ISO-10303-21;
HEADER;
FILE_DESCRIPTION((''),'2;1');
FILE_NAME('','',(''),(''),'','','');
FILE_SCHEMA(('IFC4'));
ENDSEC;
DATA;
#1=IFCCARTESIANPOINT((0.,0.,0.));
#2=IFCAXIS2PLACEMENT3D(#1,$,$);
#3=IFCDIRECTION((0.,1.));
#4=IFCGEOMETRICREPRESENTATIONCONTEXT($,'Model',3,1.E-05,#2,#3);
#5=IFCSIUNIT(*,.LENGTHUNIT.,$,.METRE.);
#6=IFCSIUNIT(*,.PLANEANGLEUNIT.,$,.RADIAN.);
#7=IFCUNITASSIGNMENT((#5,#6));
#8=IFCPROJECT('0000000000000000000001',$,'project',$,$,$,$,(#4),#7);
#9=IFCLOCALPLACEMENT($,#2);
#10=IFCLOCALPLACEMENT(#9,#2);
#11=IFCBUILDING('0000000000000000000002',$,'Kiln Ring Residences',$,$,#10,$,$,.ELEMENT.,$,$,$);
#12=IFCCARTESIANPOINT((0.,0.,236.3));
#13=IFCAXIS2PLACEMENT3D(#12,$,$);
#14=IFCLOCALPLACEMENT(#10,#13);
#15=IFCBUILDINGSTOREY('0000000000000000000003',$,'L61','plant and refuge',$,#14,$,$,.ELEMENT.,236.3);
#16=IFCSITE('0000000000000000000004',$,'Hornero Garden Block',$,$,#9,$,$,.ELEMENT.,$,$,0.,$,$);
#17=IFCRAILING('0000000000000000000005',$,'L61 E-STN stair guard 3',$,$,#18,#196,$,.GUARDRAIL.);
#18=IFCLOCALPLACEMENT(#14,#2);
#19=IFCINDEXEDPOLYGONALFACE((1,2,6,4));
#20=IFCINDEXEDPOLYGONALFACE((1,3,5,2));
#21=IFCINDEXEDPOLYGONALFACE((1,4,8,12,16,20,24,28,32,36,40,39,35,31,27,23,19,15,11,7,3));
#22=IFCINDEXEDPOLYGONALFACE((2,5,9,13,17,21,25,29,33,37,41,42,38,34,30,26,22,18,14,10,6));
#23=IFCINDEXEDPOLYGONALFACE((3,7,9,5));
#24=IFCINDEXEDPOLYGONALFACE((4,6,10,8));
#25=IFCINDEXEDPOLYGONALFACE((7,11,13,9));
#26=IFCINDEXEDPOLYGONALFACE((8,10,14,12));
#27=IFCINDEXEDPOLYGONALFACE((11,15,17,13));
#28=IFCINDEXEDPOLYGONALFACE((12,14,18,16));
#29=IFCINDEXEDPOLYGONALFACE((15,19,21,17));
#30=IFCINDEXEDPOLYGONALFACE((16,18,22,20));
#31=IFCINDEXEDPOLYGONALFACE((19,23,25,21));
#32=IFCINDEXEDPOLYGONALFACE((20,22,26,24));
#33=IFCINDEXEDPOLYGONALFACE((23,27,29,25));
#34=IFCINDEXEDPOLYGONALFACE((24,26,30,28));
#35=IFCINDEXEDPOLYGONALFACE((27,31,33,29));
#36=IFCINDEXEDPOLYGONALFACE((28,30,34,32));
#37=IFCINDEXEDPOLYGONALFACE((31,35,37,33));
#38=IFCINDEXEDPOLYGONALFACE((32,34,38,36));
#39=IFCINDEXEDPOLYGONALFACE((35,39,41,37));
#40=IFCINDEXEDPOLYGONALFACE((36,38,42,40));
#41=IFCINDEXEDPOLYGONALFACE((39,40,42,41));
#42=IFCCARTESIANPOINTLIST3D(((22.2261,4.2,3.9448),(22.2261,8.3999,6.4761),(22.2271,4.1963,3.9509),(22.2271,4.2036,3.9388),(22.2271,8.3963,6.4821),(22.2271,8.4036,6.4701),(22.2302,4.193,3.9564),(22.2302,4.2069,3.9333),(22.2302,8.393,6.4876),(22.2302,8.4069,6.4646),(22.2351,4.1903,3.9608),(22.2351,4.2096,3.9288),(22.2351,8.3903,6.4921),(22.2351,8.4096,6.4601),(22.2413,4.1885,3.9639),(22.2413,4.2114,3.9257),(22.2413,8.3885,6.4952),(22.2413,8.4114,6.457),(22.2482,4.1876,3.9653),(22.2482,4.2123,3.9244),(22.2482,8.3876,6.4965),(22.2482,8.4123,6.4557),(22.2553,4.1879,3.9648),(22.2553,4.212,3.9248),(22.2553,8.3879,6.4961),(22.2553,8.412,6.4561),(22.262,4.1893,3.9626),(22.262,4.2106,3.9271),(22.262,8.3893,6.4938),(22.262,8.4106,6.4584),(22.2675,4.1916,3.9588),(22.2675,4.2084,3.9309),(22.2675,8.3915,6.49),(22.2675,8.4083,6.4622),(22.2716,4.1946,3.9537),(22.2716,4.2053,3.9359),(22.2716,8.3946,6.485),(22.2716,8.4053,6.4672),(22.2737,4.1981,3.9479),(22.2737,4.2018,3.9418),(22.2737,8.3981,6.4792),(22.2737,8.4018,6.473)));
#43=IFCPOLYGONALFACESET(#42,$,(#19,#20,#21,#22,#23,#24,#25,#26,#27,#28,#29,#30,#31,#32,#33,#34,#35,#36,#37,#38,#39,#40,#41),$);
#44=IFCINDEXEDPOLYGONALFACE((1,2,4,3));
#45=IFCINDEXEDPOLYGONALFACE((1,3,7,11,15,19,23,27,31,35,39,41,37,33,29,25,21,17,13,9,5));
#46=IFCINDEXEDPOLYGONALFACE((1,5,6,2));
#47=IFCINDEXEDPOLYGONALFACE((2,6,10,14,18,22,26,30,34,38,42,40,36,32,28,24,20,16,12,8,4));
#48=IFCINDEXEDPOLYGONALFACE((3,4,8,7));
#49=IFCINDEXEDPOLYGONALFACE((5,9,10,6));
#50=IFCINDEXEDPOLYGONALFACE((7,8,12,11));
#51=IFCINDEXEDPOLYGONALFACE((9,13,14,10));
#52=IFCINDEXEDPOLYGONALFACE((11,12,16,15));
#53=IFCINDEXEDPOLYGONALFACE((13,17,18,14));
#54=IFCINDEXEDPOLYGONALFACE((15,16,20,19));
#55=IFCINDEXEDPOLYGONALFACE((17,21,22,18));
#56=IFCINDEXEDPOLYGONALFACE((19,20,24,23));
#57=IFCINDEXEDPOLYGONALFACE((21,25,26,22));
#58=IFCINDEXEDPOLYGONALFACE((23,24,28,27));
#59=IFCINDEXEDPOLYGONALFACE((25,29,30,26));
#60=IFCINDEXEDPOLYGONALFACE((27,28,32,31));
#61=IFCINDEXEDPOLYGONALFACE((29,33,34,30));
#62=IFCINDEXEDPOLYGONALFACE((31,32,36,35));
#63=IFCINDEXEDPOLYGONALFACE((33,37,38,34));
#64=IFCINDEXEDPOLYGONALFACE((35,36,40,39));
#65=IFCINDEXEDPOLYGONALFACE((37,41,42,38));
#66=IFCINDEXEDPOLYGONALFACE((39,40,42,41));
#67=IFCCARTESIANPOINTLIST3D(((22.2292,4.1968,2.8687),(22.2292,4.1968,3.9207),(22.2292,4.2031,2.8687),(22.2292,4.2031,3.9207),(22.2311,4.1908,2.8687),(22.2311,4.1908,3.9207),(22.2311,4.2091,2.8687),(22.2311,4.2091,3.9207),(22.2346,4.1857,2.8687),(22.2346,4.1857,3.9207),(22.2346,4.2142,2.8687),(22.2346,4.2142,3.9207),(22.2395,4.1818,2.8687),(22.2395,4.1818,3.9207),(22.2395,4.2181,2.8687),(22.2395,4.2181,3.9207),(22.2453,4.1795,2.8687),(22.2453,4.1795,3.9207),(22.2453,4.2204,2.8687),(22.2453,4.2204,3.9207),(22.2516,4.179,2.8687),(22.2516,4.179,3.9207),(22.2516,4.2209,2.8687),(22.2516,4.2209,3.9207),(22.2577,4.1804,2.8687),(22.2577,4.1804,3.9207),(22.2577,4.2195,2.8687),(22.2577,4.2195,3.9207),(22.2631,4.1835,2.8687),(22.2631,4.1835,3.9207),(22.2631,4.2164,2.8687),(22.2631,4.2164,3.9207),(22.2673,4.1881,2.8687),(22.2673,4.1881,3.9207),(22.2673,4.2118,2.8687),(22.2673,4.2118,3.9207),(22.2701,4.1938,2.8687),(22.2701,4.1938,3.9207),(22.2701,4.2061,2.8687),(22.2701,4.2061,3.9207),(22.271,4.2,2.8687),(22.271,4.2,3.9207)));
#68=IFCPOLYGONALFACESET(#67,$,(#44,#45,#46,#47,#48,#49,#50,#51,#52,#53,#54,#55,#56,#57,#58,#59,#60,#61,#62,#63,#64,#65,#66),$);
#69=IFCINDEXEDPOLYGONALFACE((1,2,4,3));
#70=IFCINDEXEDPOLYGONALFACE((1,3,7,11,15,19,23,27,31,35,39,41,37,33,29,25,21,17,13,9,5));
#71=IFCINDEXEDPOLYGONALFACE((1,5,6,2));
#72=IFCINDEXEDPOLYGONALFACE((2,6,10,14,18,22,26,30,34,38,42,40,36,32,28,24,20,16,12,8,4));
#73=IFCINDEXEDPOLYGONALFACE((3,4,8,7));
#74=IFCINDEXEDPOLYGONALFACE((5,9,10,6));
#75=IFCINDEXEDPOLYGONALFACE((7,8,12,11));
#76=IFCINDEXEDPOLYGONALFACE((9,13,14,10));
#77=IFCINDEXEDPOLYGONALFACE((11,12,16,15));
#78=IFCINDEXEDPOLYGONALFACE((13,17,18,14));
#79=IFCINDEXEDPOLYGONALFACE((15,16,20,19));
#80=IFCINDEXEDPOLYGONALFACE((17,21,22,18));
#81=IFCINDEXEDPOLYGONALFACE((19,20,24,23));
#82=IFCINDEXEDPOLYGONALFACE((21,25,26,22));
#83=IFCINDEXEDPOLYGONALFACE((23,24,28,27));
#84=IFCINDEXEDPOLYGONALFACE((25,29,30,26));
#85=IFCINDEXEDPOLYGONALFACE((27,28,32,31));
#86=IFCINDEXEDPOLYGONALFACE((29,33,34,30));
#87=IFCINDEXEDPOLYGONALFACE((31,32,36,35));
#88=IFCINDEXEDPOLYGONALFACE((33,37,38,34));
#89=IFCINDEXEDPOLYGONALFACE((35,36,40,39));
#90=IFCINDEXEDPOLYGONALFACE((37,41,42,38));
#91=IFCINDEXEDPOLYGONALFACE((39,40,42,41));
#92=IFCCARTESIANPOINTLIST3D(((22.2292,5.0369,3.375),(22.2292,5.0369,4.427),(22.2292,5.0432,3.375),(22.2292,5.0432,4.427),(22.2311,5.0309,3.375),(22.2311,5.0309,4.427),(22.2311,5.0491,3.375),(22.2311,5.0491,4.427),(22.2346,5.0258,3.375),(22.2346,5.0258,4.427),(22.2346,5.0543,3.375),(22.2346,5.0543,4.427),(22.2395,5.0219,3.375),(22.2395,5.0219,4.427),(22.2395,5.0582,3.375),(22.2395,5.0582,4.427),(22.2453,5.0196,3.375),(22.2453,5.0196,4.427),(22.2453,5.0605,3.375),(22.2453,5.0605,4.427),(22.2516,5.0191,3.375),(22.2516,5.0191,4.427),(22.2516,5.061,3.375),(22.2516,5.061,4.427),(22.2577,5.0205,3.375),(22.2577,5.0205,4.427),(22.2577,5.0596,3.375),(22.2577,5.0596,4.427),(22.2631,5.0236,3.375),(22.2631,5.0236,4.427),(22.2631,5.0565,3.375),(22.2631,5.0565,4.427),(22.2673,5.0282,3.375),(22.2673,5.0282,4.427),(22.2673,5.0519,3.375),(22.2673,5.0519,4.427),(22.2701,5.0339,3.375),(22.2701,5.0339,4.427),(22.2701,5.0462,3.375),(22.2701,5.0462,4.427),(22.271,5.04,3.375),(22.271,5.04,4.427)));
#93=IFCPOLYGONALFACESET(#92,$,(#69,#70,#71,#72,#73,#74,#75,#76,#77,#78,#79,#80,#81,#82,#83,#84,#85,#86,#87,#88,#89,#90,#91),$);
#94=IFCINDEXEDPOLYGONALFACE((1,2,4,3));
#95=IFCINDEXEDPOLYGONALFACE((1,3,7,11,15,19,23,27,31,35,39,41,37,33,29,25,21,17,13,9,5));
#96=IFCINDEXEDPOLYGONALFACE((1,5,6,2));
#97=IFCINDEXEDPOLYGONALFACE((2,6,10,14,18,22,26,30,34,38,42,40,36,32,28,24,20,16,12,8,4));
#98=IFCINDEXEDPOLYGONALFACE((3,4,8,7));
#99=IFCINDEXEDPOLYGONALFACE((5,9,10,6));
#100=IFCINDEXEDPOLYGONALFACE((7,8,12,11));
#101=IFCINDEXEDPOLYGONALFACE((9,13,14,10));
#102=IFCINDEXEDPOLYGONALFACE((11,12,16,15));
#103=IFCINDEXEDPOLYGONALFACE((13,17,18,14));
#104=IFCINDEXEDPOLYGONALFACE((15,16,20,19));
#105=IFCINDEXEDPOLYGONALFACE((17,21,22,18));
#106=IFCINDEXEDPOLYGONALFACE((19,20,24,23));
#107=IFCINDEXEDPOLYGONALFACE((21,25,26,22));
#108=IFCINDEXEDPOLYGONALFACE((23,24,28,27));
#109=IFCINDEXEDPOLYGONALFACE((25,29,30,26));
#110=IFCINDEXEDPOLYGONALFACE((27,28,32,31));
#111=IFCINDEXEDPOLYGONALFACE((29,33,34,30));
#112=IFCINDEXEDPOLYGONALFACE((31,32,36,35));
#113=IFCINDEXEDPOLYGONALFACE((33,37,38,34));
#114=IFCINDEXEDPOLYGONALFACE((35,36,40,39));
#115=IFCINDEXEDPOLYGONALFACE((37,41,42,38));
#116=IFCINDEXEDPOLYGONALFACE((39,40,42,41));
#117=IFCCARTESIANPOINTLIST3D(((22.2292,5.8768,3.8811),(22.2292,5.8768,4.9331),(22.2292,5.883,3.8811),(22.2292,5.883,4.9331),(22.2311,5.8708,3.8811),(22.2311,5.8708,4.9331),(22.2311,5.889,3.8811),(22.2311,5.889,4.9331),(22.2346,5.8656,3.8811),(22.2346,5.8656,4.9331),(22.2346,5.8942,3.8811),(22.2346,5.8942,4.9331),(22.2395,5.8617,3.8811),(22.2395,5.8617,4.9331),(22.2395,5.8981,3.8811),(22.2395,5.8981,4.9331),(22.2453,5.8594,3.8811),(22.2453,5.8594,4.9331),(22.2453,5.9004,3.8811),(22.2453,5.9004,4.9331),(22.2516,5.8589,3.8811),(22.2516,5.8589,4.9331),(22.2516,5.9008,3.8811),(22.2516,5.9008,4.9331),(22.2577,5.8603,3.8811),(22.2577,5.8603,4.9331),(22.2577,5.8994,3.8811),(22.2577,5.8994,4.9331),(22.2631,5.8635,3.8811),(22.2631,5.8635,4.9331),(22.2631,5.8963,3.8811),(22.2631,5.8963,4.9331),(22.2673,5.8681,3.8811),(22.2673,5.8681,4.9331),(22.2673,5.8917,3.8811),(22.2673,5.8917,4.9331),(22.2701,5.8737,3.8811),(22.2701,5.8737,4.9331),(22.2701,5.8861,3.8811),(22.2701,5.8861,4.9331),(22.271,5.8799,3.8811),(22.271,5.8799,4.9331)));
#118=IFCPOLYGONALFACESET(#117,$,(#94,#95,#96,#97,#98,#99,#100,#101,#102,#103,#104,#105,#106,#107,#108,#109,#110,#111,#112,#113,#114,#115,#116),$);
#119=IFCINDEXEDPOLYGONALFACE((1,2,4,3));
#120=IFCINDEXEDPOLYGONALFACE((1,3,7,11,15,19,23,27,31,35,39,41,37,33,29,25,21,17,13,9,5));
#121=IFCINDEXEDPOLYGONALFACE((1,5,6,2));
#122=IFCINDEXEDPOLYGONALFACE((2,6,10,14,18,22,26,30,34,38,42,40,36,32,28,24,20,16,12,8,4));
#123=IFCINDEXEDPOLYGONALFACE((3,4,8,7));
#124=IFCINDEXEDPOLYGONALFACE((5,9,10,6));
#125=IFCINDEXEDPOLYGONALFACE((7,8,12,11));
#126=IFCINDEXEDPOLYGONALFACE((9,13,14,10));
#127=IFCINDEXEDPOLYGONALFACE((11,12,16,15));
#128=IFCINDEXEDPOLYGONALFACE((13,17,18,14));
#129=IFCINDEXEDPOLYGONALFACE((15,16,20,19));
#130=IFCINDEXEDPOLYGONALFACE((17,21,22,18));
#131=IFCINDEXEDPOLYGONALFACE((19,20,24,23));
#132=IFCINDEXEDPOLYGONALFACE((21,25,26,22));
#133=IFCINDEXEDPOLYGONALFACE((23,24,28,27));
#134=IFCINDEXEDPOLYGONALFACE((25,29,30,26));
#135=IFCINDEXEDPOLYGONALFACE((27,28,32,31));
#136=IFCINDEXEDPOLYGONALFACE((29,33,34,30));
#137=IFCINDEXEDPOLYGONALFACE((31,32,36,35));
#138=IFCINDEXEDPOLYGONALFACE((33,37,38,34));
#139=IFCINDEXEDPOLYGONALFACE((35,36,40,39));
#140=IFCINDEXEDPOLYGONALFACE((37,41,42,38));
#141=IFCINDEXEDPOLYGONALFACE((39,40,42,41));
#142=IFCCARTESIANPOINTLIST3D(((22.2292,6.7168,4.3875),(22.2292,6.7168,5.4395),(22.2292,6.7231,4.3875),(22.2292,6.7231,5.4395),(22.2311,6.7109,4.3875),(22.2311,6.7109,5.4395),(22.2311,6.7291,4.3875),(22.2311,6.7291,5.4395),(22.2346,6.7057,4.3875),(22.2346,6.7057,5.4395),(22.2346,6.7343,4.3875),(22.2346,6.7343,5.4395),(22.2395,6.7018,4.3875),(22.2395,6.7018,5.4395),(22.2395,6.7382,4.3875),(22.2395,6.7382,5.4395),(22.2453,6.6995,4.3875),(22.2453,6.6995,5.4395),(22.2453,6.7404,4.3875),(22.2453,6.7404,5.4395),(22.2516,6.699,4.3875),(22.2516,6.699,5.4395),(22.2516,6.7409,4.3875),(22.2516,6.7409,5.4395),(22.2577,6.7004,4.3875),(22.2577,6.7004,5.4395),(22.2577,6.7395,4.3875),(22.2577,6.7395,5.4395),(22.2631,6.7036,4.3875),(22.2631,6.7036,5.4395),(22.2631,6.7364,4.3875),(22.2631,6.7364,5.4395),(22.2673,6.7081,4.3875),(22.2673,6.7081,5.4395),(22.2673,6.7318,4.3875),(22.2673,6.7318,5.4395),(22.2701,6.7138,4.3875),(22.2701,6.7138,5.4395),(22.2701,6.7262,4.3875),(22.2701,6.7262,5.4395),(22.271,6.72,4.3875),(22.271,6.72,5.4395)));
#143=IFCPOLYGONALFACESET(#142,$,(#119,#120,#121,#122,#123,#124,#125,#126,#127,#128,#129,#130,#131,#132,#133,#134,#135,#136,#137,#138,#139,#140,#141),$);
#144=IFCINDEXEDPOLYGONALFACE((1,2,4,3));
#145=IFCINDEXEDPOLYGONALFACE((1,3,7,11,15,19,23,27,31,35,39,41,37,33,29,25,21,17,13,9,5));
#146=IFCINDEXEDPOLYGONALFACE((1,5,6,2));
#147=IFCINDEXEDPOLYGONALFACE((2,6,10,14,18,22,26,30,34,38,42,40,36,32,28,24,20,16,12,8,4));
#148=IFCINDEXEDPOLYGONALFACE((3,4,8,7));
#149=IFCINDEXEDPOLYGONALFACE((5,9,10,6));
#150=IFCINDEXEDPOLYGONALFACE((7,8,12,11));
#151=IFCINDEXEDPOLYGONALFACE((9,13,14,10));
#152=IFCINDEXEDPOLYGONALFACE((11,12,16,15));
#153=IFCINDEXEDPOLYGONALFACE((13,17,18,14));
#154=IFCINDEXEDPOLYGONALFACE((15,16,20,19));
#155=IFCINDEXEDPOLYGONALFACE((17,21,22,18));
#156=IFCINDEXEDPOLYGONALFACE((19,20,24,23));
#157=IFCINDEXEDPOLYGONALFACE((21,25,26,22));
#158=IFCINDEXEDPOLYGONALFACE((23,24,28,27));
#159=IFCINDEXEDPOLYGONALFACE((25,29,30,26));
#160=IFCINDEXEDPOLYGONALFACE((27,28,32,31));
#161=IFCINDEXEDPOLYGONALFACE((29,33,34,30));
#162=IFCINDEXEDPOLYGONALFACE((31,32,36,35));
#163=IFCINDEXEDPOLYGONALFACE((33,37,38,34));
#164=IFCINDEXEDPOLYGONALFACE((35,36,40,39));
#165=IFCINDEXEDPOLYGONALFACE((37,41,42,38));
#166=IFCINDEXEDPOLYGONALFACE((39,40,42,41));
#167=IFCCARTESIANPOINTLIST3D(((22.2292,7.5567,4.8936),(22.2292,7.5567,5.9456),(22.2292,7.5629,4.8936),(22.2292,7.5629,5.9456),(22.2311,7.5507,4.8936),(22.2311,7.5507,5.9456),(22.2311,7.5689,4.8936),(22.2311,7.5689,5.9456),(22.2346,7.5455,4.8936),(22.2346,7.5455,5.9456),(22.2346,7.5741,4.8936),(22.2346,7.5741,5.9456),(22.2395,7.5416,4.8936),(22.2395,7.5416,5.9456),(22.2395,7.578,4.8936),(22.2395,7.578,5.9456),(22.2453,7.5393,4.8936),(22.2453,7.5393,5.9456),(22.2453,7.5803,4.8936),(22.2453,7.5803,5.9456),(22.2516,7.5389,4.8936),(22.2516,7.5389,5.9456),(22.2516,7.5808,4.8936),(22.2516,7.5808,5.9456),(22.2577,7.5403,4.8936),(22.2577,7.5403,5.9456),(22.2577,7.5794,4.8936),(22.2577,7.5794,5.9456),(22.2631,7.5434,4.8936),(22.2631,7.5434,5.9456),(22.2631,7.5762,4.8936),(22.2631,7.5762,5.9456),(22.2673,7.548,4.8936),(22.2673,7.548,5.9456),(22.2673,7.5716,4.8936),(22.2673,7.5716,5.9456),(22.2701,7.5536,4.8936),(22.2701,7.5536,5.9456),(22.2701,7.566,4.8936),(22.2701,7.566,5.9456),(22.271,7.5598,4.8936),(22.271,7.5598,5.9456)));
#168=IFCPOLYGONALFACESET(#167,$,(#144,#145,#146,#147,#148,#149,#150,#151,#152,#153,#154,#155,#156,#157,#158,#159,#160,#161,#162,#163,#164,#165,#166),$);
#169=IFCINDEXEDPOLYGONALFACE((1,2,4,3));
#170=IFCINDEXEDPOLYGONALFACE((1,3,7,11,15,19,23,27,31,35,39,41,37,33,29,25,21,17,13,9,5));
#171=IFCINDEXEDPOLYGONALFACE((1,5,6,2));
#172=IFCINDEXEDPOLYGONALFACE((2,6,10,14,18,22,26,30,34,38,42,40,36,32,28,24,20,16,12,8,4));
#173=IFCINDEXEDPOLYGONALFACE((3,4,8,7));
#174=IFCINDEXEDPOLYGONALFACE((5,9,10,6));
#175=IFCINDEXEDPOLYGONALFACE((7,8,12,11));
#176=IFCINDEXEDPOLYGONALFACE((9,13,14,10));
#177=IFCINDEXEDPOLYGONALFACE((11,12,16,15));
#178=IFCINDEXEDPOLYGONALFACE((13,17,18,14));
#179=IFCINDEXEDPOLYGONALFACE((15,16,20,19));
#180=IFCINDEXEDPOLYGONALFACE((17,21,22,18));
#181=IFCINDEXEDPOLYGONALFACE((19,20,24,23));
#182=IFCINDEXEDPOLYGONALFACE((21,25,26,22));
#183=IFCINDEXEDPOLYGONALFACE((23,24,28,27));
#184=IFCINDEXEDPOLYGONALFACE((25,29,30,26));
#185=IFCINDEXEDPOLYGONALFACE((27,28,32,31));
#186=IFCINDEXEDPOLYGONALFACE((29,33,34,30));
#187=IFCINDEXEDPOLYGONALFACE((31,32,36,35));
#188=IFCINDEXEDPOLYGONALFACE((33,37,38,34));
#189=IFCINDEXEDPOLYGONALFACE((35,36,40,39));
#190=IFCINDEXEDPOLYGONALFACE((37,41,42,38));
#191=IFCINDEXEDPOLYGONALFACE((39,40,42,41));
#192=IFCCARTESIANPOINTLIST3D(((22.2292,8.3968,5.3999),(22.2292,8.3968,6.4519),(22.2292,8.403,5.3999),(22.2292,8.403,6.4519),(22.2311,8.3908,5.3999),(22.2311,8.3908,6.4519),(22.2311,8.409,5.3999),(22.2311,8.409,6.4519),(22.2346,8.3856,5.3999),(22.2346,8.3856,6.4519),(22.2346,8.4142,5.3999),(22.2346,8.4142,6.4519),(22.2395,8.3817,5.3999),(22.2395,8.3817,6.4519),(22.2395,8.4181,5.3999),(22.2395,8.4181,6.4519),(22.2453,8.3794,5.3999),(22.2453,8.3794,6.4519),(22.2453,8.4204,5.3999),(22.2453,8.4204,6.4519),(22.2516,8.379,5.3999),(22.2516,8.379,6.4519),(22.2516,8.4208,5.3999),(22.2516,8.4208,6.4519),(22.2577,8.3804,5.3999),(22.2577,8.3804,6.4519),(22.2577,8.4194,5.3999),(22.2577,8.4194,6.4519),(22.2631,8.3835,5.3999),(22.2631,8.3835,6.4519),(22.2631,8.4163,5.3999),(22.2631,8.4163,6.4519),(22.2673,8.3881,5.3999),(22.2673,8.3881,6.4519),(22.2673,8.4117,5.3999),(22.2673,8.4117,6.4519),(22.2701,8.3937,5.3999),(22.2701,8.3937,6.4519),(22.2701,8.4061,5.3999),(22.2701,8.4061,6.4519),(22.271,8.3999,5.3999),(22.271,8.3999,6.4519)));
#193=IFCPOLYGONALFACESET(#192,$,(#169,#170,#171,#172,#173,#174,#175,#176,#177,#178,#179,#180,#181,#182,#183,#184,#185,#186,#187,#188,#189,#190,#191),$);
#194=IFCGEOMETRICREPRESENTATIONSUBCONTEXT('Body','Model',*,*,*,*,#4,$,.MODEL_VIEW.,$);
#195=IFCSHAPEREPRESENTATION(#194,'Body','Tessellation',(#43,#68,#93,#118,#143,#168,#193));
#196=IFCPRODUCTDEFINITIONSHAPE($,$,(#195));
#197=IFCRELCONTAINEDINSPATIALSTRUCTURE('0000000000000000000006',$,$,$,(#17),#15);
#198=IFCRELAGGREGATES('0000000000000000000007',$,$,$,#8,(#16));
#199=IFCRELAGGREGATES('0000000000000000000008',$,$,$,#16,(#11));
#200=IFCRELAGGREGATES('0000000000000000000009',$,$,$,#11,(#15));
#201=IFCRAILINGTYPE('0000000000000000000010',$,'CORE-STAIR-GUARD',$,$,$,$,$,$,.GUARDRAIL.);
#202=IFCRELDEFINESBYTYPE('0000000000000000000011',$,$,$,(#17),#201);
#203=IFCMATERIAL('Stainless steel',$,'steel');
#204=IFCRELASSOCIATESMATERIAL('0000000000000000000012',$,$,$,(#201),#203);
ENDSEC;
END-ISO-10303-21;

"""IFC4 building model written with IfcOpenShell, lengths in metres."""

from ifc_helpers import new_model, si_unit, direction, frame, origin, origin_2d, place, context, subcontext, project, spatial, circle, extrude, material, type_object, element, save


model = new_model("IFC4")

# Units and contexts
model_context = context("Model", 3, precision=1e-05, world=origin(), true_north=direction((0.0, 1.0)))
body_context = subcontext(model_context, "Body", "Model", "MODEL_VIEW")
ifc_project = project(units=[si_unit("LENGTHUNIT", "METRE"), si_unit("PLANEANGLEUNIT", "RADIAN")], contexts=[model_context])

# Site, building, storey
site_placement = place(None, origin())
site = spatial("IfcSite", under=ifc_project, at=site_placement, Name="Hornero Garden Block", CompositionType="ELEMENT", RefElevation=0.0)
building_placement = place(site_placement, origin())
building = spatial("IfcBuilding", under=site, at=building_placement, Name="Kiln Ring Residences", CompositionType="ELEMENT")
storey_placement = place(building_placement, frame((0.0, 0.0, 236.3)))
storey = spatial("IfcBuildingStorey", under=building, at=storey_placement, Name="L61", Description="plant and refuge", CompositionType="ELEMENT", Elevation=236.3)

# Railing
ifc_material_1 = material(Name="Stainless steel", Category="steel")
railing_type_1 = type_object("IfcRailingType", Name="CORE-STAIR-GUARD", PredefinedType="GUARDRAIL", material=ifc_material_1)
railing_1_placement = place(storey_placement, frame((22.25, 4.2, 2.8687)))
element("IfcRailing", 1, at=railing_1_placement, inside=storey, type_object=railing_type_1, Name="L61 E-STN stair guard 3", PredefinedType="GUARDRAIL", context=body_context, shape_type="SweptSolid", body=[
    extrude(circle(Radius=0.0239, at=origin_2d()), frame((0.0, 0.0, 1.0762), z_axis=(0.0, 0.856476, 0.516186), x_axis=(-1.0, 0.0, 0.0)), (0.0, 0.0, 1.0), 4.9038),
    extrude(circle(Radius=0.021, at=origin_2d()), origin(), (0.0, 0.0, 1.0), 1.052),
    extrude(circle(Radius=0.021, at=origin_2d()), frame((0.0, 0.8401, 0.5063)), (0.0, 0.0, 1.0), 1.052),
    extrude(circle(Radius=0.021, at=origin_2d()), frame((0.0, 1.6799, 1.0125)), (0.0, 0.0, 1.0), 1.052),
    extrude(circle(Radius=0.021, at=origin_2d()), frame((0.0, 2.52, 1.5188)), (0.0, 0.0, 1.0), 1.052),
    extrude(circle(Radius=0.021, at=origin_2d()), frame((0.0, 3.3599, 2.0249)), (0.0, 0.0, 1.0), 1.052),
    extrude(circle(Radius=0.021, at=origin_2d()), frame((0.0, 4.2, 2.5312)), (0.0, 0.0, 1.0), 1.052),
])

save(model, "model.ifc")
